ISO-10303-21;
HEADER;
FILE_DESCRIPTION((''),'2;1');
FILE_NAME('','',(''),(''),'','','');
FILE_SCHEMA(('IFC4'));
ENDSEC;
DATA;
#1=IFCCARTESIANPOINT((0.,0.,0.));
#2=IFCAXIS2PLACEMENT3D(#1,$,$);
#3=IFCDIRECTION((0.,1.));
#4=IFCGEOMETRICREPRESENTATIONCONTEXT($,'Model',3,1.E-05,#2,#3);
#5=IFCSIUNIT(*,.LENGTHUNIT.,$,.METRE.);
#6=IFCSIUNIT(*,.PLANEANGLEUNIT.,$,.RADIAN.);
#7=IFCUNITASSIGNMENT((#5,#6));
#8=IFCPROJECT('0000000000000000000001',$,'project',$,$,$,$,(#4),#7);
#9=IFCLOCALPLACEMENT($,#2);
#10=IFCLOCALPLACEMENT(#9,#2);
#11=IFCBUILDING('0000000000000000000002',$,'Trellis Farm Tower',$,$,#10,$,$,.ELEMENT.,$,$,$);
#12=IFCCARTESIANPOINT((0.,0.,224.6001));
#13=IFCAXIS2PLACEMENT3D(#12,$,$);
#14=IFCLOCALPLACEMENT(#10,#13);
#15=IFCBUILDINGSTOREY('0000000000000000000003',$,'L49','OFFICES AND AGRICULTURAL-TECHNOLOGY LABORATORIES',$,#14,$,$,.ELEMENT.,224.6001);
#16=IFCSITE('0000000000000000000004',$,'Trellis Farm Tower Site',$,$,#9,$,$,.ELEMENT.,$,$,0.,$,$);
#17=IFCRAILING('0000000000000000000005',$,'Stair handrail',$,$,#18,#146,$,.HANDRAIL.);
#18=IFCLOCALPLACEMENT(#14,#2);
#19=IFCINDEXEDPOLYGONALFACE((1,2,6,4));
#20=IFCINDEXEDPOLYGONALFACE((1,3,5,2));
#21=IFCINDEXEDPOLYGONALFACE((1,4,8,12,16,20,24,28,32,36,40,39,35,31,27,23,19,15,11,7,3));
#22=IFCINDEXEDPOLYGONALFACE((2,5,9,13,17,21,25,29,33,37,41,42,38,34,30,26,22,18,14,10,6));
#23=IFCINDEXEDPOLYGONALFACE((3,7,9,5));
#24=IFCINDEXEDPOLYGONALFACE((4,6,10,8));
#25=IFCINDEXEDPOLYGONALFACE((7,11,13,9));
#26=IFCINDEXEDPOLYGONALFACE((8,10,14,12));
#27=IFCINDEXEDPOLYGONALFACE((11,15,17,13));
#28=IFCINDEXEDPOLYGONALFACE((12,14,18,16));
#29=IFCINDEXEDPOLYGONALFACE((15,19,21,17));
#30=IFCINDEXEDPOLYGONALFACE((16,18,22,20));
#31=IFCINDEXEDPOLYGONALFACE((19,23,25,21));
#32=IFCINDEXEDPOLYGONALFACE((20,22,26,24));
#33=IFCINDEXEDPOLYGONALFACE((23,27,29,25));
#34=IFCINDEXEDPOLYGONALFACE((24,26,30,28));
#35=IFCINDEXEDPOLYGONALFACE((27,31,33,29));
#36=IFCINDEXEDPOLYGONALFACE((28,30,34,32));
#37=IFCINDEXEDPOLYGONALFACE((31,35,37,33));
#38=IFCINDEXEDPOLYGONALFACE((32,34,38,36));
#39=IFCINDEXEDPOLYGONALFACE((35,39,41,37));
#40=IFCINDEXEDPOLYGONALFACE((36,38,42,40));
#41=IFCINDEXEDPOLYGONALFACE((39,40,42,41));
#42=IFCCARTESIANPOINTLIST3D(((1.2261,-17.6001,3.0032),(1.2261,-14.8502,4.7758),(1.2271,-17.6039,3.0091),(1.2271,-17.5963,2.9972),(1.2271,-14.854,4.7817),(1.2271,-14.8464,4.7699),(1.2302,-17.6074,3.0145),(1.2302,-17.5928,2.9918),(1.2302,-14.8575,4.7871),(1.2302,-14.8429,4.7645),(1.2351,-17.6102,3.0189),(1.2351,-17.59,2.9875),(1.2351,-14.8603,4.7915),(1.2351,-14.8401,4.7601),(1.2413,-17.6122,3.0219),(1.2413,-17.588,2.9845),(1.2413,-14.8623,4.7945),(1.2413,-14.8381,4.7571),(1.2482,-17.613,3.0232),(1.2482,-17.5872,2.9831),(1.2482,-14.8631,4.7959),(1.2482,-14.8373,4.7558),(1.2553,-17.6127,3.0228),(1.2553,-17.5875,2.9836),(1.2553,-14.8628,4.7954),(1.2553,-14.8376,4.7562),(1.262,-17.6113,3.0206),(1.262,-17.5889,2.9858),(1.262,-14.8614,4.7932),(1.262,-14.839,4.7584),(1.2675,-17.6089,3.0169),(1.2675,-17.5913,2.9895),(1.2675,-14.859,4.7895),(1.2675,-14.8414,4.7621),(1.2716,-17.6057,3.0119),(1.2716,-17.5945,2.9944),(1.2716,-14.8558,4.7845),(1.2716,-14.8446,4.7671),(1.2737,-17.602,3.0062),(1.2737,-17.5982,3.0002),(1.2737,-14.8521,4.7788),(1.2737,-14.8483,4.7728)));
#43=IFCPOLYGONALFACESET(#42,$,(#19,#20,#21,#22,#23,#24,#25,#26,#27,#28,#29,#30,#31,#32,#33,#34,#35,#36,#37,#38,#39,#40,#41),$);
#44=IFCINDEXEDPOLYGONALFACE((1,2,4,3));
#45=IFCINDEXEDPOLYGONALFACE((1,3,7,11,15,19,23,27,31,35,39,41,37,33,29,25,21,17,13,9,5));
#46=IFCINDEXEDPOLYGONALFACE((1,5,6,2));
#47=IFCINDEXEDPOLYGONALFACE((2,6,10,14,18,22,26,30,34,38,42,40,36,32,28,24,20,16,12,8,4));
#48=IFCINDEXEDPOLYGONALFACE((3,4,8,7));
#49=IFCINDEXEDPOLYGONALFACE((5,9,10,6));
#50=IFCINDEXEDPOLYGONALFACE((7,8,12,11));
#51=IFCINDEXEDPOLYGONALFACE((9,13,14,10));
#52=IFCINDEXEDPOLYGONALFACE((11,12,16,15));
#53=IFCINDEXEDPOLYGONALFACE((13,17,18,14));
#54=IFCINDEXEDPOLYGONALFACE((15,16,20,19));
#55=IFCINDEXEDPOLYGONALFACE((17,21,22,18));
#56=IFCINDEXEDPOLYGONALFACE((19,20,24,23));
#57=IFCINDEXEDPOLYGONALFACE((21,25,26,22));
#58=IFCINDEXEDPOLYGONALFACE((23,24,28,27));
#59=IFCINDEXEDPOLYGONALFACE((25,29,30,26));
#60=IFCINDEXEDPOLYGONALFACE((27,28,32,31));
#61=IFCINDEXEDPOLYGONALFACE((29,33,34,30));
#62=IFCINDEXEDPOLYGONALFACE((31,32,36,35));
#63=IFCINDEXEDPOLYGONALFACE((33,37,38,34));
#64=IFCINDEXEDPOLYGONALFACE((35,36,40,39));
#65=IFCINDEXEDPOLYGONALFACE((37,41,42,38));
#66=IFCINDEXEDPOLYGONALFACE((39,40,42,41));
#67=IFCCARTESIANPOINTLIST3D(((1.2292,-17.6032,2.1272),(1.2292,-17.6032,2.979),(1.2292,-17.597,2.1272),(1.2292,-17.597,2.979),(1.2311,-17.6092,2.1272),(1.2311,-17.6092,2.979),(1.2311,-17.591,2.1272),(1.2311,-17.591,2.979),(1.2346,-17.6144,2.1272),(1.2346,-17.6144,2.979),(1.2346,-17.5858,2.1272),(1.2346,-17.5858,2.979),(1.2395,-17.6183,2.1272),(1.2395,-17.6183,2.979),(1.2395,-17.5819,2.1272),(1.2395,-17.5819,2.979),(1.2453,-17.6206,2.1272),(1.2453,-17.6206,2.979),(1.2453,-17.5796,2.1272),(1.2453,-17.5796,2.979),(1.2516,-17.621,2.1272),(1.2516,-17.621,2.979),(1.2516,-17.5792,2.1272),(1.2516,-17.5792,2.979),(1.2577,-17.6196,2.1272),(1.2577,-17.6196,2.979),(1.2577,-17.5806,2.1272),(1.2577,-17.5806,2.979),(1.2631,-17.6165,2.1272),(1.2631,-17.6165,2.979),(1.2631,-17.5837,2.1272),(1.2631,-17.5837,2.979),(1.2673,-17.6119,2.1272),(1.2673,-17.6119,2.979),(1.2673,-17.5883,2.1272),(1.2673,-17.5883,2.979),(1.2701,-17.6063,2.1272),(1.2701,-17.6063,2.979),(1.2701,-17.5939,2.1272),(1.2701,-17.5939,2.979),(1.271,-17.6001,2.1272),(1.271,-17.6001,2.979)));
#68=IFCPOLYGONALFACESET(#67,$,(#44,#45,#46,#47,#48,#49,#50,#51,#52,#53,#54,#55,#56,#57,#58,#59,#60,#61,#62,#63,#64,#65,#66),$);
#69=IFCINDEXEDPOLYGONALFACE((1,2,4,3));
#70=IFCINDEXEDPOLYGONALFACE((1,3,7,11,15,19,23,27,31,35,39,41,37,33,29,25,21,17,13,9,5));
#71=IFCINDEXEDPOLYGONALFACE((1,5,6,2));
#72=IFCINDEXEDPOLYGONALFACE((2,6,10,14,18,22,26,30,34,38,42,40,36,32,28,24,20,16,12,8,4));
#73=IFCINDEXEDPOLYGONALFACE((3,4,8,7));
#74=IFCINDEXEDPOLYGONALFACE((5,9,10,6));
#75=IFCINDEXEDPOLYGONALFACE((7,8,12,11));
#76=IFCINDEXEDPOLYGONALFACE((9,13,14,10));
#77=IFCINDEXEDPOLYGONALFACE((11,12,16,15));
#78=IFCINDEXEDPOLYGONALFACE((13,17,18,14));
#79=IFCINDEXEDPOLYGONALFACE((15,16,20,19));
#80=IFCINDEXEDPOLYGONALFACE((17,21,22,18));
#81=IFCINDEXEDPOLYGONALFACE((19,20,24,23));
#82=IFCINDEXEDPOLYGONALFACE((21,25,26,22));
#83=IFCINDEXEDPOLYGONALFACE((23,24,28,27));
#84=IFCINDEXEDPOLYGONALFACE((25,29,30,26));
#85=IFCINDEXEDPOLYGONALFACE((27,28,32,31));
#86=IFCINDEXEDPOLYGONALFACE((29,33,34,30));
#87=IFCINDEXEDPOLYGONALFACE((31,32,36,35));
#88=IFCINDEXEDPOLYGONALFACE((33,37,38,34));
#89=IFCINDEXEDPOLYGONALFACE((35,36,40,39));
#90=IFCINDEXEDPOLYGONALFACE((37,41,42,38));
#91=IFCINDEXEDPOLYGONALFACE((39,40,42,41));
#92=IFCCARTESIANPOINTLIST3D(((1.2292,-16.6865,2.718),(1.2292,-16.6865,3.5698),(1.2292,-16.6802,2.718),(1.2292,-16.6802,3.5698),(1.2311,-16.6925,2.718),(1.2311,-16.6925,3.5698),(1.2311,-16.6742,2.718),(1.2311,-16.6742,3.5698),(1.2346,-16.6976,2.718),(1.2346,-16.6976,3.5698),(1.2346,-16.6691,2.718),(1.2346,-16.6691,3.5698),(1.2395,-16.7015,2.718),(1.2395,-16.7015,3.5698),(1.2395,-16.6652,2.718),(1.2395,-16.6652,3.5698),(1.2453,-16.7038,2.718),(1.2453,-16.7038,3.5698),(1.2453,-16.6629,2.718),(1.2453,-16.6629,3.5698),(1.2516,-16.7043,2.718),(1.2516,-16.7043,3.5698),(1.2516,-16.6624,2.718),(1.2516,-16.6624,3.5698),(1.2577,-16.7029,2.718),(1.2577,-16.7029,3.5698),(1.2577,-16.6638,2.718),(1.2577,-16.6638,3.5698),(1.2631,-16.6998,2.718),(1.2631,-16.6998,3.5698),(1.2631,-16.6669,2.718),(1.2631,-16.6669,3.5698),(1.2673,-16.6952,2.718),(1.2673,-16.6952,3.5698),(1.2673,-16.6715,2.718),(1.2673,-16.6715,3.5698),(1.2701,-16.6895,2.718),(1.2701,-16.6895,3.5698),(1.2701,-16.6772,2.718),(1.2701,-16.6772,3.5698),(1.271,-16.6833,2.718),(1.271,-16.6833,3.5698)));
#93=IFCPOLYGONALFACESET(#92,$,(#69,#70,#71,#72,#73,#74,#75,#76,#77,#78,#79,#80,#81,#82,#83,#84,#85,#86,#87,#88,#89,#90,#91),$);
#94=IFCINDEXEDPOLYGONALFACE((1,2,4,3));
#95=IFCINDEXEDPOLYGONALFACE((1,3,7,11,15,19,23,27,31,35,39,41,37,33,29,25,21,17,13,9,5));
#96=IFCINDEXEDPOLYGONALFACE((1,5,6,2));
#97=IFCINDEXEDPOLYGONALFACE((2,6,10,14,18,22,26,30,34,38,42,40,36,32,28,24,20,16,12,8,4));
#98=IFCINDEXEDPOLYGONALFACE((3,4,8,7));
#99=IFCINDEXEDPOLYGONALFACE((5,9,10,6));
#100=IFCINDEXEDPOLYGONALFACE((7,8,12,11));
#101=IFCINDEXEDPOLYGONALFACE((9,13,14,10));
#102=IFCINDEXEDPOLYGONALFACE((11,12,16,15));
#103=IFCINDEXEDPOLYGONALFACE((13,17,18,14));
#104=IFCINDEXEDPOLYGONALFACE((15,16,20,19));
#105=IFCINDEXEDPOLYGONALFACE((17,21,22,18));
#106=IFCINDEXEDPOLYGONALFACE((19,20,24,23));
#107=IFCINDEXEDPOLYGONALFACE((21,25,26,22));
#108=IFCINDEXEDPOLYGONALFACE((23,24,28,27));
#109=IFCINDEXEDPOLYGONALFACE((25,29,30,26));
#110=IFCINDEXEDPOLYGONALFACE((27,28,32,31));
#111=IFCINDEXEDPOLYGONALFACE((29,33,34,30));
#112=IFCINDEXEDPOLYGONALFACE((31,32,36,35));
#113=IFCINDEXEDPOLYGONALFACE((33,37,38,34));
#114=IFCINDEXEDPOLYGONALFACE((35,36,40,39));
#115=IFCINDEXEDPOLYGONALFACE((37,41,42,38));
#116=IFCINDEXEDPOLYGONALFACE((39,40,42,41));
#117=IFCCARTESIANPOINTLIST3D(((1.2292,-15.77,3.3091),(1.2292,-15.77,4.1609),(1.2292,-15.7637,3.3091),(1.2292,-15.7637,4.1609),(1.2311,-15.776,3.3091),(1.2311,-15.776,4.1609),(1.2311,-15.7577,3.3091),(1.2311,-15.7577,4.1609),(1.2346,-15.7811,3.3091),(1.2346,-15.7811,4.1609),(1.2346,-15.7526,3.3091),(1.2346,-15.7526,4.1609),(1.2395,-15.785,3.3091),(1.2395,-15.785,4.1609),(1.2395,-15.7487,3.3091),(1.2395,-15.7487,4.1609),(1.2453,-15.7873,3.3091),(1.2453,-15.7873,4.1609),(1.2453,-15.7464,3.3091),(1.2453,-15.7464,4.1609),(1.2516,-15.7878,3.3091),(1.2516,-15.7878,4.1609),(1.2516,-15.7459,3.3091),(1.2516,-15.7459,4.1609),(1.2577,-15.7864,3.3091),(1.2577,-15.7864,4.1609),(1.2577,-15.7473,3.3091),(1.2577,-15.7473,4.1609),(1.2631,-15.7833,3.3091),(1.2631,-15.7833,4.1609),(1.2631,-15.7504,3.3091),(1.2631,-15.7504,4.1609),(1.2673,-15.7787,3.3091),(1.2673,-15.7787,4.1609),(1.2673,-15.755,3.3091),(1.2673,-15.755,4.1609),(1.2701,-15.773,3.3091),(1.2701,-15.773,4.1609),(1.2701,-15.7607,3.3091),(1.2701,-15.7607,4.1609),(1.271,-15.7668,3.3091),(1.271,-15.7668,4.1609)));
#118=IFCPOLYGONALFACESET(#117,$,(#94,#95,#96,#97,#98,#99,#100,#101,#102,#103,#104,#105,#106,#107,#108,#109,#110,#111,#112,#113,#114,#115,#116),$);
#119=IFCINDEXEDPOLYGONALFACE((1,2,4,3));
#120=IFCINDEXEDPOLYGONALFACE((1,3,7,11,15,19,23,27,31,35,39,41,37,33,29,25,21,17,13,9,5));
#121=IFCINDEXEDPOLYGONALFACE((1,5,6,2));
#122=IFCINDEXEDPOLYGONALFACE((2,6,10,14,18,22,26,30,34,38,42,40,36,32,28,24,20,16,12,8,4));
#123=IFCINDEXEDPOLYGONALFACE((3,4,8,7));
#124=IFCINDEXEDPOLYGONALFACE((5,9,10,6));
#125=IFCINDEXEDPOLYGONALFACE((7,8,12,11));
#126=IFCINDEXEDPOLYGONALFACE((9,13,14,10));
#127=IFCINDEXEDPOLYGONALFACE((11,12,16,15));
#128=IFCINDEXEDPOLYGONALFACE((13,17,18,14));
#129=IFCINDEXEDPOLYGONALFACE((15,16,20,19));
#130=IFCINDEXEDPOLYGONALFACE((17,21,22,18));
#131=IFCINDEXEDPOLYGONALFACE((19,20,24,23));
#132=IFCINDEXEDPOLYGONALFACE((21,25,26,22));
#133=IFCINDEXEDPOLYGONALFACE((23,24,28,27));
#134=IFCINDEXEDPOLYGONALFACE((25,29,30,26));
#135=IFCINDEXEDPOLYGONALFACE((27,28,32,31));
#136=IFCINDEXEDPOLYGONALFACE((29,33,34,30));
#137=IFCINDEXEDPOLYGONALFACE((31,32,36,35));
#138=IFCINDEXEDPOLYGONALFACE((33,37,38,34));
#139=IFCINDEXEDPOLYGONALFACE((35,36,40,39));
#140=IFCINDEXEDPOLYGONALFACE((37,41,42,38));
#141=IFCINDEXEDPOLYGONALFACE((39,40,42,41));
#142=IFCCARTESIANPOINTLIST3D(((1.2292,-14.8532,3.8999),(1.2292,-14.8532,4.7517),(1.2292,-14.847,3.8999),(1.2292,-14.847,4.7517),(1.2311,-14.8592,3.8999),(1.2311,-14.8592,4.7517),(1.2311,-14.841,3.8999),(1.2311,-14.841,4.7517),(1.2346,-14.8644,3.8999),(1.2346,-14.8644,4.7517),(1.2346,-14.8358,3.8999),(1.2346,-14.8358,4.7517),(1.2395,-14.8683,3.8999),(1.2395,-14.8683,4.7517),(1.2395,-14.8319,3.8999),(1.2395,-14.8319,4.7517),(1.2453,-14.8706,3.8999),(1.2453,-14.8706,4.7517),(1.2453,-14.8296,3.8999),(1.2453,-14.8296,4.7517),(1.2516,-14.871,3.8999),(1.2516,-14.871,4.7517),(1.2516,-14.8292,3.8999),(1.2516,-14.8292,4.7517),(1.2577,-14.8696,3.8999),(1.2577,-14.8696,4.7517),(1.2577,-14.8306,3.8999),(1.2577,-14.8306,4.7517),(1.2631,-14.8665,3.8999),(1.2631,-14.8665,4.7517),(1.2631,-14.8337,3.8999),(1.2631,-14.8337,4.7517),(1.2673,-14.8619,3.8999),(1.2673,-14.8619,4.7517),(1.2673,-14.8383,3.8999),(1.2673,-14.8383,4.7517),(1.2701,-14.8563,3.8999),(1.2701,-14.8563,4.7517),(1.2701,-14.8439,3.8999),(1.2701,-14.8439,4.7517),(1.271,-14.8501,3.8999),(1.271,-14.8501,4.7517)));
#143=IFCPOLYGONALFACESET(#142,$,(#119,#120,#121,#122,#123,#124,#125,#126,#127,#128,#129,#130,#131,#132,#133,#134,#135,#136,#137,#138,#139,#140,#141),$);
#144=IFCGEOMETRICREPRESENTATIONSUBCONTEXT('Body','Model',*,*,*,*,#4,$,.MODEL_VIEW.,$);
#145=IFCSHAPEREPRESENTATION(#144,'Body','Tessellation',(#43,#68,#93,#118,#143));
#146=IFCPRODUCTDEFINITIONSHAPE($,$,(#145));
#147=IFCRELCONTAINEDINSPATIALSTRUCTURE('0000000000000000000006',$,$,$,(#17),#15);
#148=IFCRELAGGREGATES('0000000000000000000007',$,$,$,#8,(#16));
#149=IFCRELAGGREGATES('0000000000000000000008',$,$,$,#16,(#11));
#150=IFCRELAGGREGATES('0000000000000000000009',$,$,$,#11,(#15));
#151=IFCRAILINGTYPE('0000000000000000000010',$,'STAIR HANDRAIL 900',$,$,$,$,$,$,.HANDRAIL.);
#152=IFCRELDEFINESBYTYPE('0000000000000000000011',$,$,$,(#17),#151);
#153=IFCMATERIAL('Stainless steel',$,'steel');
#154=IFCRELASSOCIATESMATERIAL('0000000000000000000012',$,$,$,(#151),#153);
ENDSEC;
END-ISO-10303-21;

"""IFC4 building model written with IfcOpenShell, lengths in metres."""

from ifc_helpers import new_model, si_unit, direction, frame, origin, origin_2d, place, context, subcontext, project, spatial, circle, extrude, source, transform, mapped, material, type_object, element, save


model = new_model("IFC4")

# Units and contexts
model_context = context("Model", 3, precision=1e-05, world=origin(), true_north=direction((0.0, 1.0)))
body_context = subcontext(model_context, "Body", "Model", "MODEL_VIEW")
ifc_project = project(units=[si_unit("LENGTHUNIT", "METRE"), si_unit("PLANEANGLEUNIT", "RADIAN")], contexts=[model_context])

# Site, building, storey
site_placement = place(None, origin())
site = spatial("IfcSite", under=ifc_project, at=site_placement, Name="Trellis Farm Tower Site", CompositionType="ELEMENT", RefElevation=0.0)
building_placement = place(site_placement, origin())
building = spatial("IfcBuilding", under=site, at=building_placement, Name="Trellis Farm Tower", CompositionType="ELEMENT")
storey_placement = place(building_placement, frame((0.0, 0.0, 224.6001)))
storey = spatial("IfcBuildingStorey", under=building, at=storey_placement, Name="L49", Description="OFFICES AND AGRICULTURAL-TECHNOLOGY LABORATORIES", CompositionType="ELEMENT", Elevation=224.6001)

# Railing
ifc_material_1 = material(Name="Stainless steel", Category="steel")
railing_type = type_object("IfcRailingType", Name="STAIR HANDRAIL 900", PredefinedType="HANDRAIL", material=ifc_material_1)
shared_shape_1 = source(origin(), body_context, "Body", "SweptSolid", [
    extrude(circle(Radius=0.0239, at=origin_2d()), frame((0.0, 0.0, 0.876), z_axis=(0.0, 0.840504, 0.541806), x_axis=(-1.0, 0.0, 0.0)), (0.0, 0.0, 1.0), 3.2717),
    extrude(circle(Radius=0.021, at=origin_2d()), origin(), (0.0, 0.0, 1.0), 0.8518),
    extrude(circle(Radius=0.021, at=origin_2d()), frame((0.0, 0.9167, 0.5908)), (0.0, 0.0, 1.0), 0.8518),
    extrude(circle(Radius=0.021, at=origin_2d()), frame((0.0, 1.8333, 1.1819)), (0.0, 0.0, 1.0), 0.8518),
    extrude(circle(Radius=0.021, at=origin_2d()), frame((0.0, 2.75, 1.7727)), (0.0, 0.0, 1.0), 0.8518),
])
railing_placement = place(storey_placement, frame((1.25, -17.6001, 2.1272)))
element("IfcRailing", 1, at=railing_placement, inside=storey, type_object=railing_type, Name="Stair handrail", PredefinedType="HANDRAIL", context=body_context, shape_type="MappedRepresentation", body=[
    mapped(shared_shape_1, transform((0.0, 0.0, 0.0))),
])

save(model, "model.ifc")
